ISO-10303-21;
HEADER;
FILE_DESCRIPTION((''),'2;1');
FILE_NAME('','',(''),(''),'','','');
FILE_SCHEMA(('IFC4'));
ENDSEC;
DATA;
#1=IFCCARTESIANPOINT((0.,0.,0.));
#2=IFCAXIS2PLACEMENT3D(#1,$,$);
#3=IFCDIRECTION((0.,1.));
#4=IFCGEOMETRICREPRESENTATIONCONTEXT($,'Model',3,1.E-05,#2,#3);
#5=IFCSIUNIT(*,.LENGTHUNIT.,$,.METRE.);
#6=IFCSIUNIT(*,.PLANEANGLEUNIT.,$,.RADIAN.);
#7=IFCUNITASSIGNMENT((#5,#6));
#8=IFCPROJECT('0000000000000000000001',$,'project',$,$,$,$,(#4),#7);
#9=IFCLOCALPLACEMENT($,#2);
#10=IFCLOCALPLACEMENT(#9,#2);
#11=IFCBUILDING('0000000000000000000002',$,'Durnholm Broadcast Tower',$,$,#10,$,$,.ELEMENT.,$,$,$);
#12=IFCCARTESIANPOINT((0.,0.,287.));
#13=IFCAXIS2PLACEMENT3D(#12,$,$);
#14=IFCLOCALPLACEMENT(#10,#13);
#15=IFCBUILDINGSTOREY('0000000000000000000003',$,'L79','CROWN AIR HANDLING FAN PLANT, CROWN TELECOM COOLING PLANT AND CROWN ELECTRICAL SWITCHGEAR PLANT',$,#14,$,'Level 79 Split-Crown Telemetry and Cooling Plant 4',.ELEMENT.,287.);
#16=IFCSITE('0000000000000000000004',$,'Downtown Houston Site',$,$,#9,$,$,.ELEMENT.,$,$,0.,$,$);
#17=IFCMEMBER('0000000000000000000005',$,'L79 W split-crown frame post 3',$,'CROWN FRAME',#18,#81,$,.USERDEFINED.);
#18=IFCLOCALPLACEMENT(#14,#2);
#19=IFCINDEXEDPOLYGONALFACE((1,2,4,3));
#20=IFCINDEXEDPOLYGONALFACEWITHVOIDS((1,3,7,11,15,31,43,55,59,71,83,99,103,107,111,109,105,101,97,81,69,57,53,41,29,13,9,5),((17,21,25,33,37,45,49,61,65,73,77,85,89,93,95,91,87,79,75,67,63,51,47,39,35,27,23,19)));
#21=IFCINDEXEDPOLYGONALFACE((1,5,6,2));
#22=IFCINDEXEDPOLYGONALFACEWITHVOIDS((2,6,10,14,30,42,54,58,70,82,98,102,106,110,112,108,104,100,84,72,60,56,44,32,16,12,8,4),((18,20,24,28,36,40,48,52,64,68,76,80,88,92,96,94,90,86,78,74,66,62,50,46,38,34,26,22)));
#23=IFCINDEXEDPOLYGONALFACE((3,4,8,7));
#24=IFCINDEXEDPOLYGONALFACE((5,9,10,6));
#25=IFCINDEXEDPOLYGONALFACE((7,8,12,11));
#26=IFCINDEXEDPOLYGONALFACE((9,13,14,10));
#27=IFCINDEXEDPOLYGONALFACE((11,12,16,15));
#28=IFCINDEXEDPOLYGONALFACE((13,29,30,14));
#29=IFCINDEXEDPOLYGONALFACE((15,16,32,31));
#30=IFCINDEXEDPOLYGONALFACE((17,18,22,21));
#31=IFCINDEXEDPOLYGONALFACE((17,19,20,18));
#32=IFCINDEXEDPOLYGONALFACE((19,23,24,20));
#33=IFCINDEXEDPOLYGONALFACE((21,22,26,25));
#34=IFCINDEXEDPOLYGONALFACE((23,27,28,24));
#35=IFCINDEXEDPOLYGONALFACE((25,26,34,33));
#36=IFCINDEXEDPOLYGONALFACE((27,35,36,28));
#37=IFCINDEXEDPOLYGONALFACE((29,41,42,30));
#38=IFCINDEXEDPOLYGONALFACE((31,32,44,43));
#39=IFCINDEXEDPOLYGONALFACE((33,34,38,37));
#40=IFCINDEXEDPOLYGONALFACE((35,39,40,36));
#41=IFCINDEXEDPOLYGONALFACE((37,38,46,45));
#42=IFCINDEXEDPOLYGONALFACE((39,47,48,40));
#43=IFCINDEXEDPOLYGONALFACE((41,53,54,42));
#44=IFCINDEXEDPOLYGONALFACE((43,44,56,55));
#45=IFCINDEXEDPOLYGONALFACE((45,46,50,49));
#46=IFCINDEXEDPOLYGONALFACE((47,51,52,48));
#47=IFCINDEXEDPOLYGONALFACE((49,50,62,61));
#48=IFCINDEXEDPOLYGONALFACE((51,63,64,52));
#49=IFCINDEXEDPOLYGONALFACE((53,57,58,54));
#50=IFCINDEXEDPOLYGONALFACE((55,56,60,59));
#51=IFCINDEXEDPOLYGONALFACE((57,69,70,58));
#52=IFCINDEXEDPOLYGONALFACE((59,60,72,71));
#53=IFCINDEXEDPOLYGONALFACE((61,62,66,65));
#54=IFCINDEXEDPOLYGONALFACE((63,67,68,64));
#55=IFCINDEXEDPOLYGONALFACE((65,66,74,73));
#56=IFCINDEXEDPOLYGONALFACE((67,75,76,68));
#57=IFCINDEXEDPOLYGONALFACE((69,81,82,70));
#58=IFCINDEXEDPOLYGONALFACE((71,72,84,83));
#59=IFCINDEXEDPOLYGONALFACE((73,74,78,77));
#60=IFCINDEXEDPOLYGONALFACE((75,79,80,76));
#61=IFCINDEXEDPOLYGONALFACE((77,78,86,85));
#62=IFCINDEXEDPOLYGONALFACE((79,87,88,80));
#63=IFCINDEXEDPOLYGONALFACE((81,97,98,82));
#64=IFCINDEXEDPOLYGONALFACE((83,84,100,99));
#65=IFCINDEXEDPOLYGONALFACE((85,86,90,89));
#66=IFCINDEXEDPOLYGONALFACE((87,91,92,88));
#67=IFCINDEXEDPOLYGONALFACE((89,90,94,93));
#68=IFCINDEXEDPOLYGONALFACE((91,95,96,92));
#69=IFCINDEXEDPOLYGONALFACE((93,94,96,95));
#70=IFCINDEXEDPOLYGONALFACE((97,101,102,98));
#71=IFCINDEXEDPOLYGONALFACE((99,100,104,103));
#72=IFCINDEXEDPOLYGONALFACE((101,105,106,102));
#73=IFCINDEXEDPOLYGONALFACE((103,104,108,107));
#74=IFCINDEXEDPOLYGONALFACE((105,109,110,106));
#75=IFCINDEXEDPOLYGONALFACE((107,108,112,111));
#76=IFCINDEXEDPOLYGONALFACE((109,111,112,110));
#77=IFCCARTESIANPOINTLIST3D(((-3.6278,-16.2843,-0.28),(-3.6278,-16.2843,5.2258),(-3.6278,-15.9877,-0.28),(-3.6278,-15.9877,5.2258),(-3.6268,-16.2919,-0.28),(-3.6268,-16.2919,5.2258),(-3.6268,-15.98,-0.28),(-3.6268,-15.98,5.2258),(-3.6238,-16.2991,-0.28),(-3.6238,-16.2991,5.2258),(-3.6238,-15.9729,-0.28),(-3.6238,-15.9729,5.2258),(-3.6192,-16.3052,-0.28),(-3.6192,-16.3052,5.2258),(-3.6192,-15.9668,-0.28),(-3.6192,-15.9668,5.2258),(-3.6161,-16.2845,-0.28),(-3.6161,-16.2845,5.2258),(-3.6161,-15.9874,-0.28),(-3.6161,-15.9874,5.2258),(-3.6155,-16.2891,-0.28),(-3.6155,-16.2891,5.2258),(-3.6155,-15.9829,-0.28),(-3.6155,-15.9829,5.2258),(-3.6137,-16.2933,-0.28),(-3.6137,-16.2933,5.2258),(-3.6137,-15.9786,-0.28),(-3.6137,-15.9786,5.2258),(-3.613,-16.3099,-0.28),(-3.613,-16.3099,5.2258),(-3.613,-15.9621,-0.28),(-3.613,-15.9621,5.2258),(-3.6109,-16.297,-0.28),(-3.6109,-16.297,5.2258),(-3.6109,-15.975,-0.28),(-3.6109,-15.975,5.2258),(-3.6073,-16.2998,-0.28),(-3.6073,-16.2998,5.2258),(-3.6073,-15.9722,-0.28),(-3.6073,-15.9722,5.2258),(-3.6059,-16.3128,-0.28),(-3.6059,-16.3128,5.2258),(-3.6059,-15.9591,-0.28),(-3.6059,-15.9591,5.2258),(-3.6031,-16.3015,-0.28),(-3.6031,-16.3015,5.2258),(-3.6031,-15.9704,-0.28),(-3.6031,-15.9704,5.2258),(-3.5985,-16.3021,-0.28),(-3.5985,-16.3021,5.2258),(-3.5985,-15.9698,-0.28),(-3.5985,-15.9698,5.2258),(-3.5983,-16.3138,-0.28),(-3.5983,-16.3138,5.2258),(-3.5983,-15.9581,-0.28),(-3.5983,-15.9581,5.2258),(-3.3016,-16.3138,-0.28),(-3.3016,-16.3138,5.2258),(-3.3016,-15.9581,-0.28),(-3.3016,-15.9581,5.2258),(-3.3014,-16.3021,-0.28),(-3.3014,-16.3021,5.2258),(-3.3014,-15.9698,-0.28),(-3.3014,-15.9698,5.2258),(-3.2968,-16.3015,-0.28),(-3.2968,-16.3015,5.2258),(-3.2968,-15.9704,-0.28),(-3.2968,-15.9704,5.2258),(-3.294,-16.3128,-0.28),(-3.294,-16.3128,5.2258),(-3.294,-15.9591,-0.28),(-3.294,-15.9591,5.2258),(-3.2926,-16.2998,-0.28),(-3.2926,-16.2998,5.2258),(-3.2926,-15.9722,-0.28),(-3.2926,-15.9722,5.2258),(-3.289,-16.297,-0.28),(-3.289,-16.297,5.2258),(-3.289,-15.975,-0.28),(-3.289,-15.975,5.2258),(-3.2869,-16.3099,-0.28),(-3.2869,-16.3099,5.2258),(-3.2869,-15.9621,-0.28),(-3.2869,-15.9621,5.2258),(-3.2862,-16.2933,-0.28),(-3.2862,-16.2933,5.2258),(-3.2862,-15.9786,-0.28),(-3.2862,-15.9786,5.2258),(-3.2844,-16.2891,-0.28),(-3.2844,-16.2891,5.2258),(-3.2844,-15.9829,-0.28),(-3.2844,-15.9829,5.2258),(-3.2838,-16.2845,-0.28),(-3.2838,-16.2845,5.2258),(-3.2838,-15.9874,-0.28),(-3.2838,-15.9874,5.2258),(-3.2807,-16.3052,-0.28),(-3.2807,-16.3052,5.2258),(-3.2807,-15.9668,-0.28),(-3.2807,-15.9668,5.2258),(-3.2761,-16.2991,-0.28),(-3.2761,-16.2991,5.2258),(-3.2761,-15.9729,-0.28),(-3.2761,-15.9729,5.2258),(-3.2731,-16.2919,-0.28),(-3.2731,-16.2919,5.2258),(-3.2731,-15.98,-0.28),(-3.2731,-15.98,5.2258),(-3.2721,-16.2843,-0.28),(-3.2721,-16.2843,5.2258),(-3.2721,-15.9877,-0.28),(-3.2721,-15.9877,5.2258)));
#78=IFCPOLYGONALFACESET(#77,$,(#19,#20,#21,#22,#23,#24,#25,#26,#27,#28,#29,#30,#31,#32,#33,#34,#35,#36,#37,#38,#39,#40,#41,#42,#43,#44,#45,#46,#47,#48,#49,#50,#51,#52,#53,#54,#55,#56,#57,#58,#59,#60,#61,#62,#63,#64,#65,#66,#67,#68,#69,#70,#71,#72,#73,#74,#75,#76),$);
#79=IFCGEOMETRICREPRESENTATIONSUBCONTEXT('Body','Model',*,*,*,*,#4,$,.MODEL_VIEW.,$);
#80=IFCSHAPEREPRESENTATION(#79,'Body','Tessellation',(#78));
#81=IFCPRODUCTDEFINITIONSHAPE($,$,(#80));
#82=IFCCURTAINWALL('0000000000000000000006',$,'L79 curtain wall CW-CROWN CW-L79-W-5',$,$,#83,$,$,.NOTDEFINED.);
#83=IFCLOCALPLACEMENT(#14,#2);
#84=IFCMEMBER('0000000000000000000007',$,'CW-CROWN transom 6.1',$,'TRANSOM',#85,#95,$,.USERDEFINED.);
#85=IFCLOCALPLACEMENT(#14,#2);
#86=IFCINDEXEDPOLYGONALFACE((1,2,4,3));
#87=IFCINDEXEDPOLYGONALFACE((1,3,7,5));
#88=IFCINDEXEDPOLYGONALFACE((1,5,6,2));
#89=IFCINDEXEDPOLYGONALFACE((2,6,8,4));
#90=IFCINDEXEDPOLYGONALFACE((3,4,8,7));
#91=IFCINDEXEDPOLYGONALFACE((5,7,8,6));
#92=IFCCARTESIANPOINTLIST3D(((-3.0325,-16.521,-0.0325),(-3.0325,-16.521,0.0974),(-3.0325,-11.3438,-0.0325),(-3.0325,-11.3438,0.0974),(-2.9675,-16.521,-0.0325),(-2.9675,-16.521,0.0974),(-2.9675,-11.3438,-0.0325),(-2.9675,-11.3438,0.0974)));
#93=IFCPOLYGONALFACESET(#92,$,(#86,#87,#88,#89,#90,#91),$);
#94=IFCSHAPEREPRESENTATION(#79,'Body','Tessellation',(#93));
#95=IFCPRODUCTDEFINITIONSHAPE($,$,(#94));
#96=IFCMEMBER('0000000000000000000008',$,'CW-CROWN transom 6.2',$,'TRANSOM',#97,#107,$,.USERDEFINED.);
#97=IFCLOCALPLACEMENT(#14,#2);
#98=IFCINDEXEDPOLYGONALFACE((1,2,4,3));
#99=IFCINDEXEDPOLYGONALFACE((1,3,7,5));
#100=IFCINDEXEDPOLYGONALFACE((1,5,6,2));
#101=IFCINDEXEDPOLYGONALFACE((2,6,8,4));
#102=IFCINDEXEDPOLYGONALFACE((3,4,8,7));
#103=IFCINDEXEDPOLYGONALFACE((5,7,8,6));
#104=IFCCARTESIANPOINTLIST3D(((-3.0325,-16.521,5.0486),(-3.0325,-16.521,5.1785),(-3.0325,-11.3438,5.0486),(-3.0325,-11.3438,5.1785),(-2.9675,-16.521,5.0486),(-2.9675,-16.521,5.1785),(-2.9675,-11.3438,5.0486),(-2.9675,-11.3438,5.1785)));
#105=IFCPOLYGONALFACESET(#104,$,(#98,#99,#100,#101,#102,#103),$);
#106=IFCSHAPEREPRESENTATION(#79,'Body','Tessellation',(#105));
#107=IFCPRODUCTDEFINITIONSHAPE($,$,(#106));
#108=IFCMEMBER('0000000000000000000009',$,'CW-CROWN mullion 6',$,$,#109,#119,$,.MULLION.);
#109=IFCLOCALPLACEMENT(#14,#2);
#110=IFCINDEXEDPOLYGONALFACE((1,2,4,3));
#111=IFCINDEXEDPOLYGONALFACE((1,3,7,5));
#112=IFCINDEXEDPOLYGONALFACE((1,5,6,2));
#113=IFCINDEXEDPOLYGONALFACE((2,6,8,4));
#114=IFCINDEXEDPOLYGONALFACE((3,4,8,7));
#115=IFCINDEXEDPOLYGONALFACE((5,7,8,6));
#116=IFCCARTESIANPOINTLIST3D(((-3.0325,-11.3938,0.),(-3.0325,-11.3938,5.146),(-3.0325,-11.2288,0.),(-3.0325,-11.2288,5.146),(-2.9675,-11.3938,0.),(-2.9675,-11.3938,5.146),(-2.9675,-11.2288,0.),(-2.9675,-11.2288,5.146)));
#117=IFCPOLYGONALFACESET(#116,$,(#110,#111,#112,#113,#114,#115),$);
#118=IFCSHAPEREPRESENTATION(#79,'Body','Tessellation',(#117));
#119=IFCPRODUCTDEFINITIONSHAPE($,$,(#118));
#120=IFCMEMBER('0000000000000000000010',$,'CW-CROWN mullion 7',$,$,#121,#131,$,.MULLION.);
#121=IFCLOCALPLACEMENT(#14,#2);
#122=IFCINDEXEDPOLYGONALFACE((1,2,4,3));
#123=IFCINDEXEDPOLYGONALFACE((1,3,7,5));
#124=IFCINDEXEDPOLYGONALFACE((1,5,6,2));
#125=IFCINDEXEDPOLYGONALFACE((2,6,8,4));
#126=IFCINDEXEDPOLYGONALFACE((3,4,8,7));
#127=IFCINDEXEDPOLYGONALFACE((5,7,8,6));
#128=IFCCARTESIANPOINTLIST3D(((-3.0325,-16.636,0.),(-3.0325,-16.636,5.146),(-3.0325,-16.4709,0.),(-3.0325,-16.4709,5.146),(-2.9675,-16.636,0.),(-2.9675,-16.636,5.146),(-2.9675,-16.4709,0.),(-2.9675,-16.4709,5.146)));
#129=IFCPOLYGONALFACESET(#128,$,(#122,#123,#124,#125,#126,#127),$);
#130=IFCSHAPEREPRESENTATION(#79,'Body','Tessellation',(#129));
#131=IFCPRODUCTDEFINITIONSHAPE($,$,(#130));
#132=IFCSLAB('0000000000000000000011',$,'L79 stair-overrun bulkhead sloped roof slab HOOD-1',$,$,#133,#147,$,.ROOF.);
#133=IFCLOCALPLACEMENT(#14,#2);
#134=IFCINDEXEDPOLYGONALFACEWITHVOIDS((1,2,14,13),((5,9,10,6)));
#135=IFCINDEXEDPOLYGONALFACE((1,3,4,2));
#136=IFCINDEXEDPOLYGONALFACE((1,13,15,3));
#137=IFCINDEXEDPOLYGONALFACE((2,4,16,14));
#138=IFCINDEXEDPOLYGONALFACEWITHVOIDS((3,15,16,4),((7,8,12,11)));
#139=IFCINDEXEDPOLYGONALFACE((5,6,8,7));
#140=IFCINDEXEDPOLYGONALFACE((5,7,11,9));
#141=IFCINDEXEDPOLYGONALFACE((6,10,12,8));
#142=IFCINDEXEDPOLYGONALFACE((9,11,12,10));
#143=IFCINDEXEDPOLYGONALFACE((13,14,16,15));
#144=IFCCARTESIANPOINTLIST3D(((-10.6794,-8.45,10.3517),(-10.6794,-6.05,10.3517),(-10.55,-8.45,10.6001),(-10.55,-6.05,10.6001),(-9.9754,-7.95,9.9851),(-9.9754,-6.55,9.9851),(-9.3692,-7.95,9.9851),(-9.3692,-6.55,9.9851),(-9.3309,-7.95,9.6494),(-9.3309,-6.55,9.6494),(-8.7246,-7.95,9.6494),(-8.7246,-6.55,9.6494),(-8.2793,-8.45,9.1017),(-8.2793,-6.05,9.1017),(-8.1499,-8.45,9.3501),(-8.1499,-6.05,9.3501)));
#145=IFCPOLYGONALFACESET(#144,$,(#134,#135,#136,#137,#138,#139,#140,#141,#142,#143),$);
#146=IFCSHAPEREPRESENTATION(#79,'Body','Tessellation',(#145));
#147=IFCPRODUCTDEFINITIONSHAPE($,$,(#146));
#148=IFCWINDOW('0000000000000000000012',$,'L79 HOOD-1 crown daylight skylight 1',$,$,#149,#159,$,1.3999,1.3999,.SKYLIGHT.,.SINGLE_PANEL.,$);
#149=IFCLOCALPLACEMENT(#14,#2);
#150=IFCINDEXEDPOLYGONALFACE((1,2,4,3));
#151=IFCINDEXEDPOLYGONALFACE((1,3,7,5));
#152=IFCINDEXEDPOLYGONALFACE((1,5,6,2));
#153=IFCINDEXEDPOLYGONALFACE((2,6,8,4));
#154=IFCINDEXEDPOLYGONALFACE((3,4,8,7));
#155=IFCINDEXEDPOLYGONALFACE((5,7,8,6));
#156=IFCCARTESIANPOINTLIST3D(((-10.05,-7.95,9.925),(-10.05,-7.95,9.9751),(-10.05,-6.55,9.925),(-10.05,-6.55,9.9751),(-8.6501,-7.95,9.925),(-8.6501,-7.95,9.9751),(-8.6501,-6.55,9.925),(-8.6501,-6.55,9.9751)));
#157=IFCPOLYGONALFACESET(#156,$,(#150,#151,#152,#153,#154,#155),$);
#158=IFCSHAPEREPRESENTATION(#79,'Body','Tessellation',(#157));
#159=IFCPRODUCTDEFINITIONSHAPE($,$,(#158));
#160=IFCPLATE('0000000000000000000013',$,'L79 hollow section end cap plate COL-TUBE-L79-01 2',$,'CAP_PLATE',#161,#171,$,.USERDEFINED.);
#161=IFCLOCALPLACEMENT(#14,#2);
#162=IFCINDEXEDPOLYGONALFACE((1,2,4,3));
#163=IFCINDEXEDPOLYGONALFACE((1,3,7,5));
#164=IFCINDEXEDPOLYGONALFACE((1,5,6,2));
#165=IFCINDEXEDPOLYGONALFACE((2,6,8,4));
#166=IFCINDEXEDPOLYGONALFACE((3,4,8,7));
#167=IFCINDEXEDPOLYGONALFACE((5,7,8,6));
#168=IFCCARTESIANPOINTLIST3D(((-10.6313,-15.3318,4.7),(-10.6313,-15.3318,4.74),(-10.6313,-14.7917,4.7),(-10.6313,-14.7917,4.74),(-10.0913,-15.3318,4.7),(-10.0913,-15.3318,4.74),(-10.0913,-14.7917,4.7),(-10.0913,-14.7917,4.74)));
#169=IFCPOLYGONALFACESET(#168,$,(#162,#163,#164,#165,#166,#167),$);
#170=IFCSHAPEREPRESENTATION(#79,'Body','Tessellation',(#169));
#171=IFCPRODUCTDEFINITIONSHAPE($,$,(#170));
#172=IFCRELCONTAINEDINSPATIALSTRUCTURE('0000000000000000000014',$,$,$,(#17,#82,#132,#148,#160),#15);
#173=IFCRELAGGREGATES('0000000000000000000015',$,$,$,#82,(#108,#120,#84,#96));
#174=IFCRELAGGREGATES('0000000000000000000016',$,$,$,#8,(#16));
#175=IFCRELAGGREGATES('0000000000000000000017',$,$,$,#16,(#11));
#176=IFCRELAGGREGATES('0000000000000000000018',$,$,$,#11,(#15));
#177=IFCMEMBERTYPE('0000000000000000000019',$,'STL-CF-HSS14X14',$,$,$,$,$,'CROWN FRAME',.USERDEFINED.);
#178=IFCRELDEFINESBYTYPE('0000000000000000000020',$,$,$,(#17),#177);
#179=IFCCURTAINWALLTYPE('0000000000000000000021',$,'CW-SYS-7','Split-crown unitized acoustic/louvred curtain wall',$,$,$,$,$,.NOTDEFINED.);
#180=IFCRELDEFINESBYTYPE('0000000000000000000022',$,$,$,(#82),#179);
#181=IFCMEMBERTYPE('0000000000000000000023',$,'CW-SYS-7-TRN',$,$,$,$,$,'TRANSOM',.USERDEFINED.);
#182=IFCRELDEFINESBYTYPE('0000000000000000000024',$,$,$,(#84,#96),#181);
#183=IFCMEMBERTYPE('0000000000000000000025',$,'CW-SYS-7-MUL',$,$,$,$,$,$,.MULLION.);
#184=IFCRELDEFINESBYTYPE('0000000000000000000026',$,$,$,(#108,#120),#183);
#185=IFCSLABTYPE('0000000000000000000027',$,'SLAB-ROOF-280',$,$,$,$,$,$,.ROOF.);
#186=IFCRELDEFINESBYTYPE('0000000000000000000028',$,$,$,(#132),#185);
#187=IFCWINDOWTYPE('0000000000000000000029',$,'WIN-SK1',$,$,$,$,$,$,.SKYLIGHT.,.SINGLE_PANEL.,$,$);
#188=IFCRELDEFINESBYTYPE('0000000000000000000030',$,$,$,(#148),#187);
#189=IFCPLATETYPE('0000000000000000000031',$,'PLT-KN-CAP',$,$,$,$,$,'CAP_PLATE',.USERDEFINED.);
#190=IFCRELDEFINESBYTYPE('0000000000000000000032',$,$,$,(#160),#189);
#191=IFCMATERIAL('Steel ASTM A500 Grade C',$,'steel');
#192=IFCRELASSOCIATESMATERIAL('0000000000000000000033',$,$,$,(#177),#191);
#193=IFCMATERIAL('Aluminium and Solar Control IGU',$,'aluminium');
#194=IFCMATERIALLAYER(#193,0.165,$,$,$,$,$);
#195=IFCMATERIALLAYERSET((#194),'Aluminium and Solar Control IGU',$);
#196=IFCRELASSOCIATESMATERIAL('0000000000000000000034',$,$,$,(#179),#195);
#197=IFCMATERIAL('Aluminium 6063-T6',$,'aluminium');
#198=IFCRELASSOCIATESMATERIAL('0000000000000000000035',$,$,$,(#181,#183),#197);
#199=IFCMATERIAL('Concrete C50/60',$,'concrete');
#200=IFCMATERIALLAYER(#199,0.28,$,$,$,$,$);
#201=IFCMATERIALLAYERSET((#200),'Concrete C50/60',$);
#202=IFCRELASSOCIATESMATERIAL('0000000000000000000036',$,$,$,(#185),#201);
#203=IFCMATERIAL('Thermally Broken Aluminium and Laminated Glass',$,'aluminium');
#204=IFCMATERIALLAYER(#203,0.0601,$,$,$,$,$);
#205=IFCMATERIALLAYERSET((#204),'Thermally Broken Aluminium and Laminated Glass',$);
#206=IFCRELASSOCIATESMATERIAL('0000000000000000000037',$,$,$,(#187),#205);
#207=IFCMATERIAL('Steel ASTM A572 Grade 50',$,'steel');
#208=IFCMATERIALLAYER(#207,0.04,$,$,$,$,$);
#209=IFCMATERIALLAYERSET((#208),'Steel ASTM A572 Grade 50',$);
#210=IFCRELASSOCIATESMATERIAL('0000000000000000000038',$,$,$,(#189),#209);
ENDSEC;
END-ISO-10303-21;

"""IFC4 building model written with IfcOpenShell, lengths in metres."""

from ifc_helpers import new_model, si_unit, direction, frame, origin, origin_2d, place, context, subcontext, project, spatial, polyline, rectangle, hollow_rectangle, outline, extrude, source, transform, mapped, material, layer, layer_set, material_profile, profile_set, type_object, type_shapes, element, fill, aggregate, save


model = new_model("IFC4")

# Units and contexts
model_context = context("Model", 3, precision=1e-05, world=origin(), true_north=direction((0.0, 1.0)))
body_context = subcontext(model_context, "Body", "Model", "MODEL_VIEW")
ifc_project = project(units=[si_unit("LENGTHUNIT", "METRE"), si_unit("PLANEANGLEUNIT", "RADIAN")], contexts=[model_context])

# Site, building, storey
site_placement = place(None, origin())
site = spatial("IfcSite", under=ifc_project, at=site_placement, Name="Downtown Houston Site", CompositionType="ELEMENT", RefElevation=0.0)
building_placement = place(site_placement, origin())
building = spatial("IfcBuilding", under=site, at=building_placement, Name="Durnholm Broadcast Tower", CompositionType="ELEMENT")
storey_placement = place(building_placement, frame((0.0, 0.0, 287.0)))
storey = spatial("IfcBuildingStorey", under=building, at=storey_placement, Name="L79", Description="CROWN AIR HANDLING FAN PLANT, CROWN TELECOM COOLING PLANT AND CROWN ELECTRICAL SWITCHGEAR PLANT", LongName="Level 79 Split-Crown Telemetry and Cooling Plant 4", CompositionType="ELEMENT", Elevation=287.0)

# Shared definitions
ifc_material_1 = material(Name="Steel ASTM A500 Grade C", Category="steel")

# Member
ifc_material_profile_1 = material_profile(ifc_material_1, hollow_rectangle(XDim=0.3557, YDim=0.3557, WallThickness=0.0117, InnerFilletRadius=0.0176, OuterFilletRadius=0.0295, at=origin_2d()), Name="HSS14X14X1/2")
ifc_profile_set_1 = profile_set([ifc_material_profile_1], Name="Steel ASTM A500 Grade C")
member_type_1 = type_object("IfcMemberType", Name="STL-CF-HSS14X14", ElementType="CROWN FRAME", PredefinedType="USERDEFINED", material=ifc_profile_set_1)
shared_shape_1 = source(origin(), body_context, "Body", "SweptSolid", [
    extrude(hollow_rectangle(XDim=0.3557, YDim=0.3557, WallThickness=0.0117, InnerFilletRadius=0.0176, OuterFilletRadius=0.0295, at=origin_2d()), origin(), (0.0, 0.0, 1.0), 5.5059),
])
member_1_placement = place(storey_placement, frame((-3.45, -16.136, -0.28), z_axis=(0.0, 0.0, 1.0), x_axis=(1.0, 0.0, 0.0)))
element("IfcMember", 1, at=member_1_placement, inside=storey, type_object=member_type_1, Name="L79 W split-crown frame post 3", ObjectType="CROWN FRAME", PredefinedType="USERDEFINED", context=body_context, shape_type="MappedRepresentation", body=[
    mapped(shared_shape_1, transform((0.0, 0.0, 0.0), x_axis=(1.0, 0.0, 0.0), y_axis=(0.0, 1.0, 0.0), z_axis=(0.0, 0.0, 1.0), scale=1.0)),
])

# Curtain wall, members
ifc_material_2 = material(Name="Aluminium and Solar Control IGU", Category="aluminium")
ifc_layer_1 = layer(ifc_material_2, 0.165)
ifc_layer_set_1 = layer_set([ifc_layer_1], Name="Aluminium and Solar Control IGU")
curtain_wall_type = type_object("IfcCurtainWallType", Name="CW-SYS-7", Description="Split-crown unitized acoustic/louvred curtain wall", PredefinedType="NOTDEFINED", material=ifc_layer_set_1)
curtain_wall_placement = place(storey_placement, origin())
curtain_wall = element("IfcCurtainWall", 2, at=curtain_wall_placement, inside=storey, type_object=curtain_wall_type, Name="L79 curtain wall CW-CROWN CW-L79-W-5", PredefinedType="NOTDEFINED")
ifc_material_3 = material(Name="Aluminium 6063-T6", Category="aluminium")
ifc_material_profile_2 = material_profile(ifc_material_3, rectangle(XDim=0.0649, YDim=0.1299, at=origin_2d()), Name="CWT65X130")
ifc_profile_set_2 = profile_set([ifc_material_profile_2], Name="Aluminium 6063-T6")
member_type_2 = type_object("IfcMemberType", Name="CW-SYS-7-TRN", ElementType="TRANSOM", PredefinedType="USERDEFINED", material=ifc_profile_set_2)
shared_shape_2 = source(origin(), body_context, "Body", "SweptSolid", [
    extrude(rectangle(XDim=0.0649, YDim=0.1299, at=origin_2d()), origin(), (0.0, 0.0, 1.0), 5.1772),
])
type_shapes(member_type_2, [shared_shape_2])
member_2_placement = place(storey_placement, frame((-3.0, -11.3438, 0.0325), z_axis=(0.0, -1.0, 0.0), x_axis=(1.0, 0.0, 0.0)))
member_2 = element("IfcMember", 3, at=member_2_placement, type_object=member_type_2, Name="CW-CROWN transom 6.1", ObjectType="TRANSOM", PredefinedType="USERDEFINED", context=body_context, shape_type="MappedRepresentation", body=[
    mapped(shared_shape_2, transform((0.0, 0.0, 0.0), x_axis=(1.0, 0.0, 0.0), y_axis=(0.0, 1.0, 0.0), z_axis=(0.0, 0.0, 1.0), scale=1.0)),
])
member_3_placement = place(storey_placement, frame((-3.0, -11.3438, 5.1135), z_axis=(0.0, -1.0, 0.0), x_axis=(1.0, 0.0, 0.0)))
member_3 = element("IfcMember", 4, at=member_3_placement, type_object=member_type_2, Name="CW-CROWN transom 6.2", ObjectType="TRANSOM", PredefinedType="USERDEFINED", context=body_context, shape_type="MappedRepresentation", body=[
    mapped(shared_shape_2, transform((0.0, 0.0, 0.0), x_axis=(1.0, 0.0, 0.0), y_axis=(0.0, 1.0, 0.0), z_axis=(0.0, 0.0, 1.0), scale=1.0)),
])
ifc_material_profile_3 = material_profile(ifc_material_3, rectangle(XDim=0.0649, YDim=0.165, at=origin_2d()), Name="CWM65X165")
ifc_profile_set_3 = profile_set([ifc_material_profile_3], Name="Aluminium 6063-T6")
member_type_3 = type_object("IfcMemberType", Name="CW-SYS-7-MUL", PredefinedType="MULLION", material=ifc_profile_set_3)
shared_shape_3 = source(origin(), body_context, "Body", "SweptSolid", [
    extrude(rectangle(XDim=0.0649, YDim=0.165, at=origin_2d()), origin(), (0.0, 0.0, 1.0), 5.146),
])
type_shapes(member_type_3, [shared_shape_3])
member_4_placement = place(storey_placement, frame((-3.0, -11.3113, 0.0), z_axis=(0.0, 0.0, 1.0), x_axis=(1.0, 0.0, 0.0)))
member_4 = element("IfcMember", 5, at=member_4_placement, type_object=member_type_3, Name="CW-CROWN mullion 6", PredefinedType="MULLION", context=body_context, shape_type="MappedRepresentation", body=[
    mapped(shared_shape_3, transform((0.0, 0.0, 0.0), x_axis=(1.0, 0.0, 0.0), y_axis=(0.0, 1.0, 0.0), z_axis=(0.0, 0.0, 1.0), scale=1.0)),
])
member_5_placement = place(storey_placement, frame((-3.0, -16.5535, 0.0), z_axis=(0.0, 0.0, 1.0), x_axis=(1.0, 0.0, 0.0)))
member_5 = element("IfcMember", 6, at=member_5_placement, type_object=member_type_3, Name="CW-CROWN mullion 7", PredefinedType="MULLION", context=body_context, shape_type="MappedRepresentation", body=[
    mapped(shared_shape_3, transform((0.0, 0.0, 0.0), x_axis=(1.0, 0.0, 0.0), y_axis=(0.0, 1.0, 0.0), z_axis=(0.0, 0.0, 1.0), scale=1.0)),
])

# Slab, opening, window
ifc_material_4 = material(Name="Concrete C50/60", Category="concrete")
ifc_layer_2 = layer(ifc_material_4, 0.28)
ifc_layer_set_2 = layer_set([ifc_layer_2], Name="Concrete C50/60")
slab_type = type_object("IfcSlabType", Name="SLAB-ROOF-280", PredefinedType="ROOF", material=ifc_layer_set_2)
slab_placement = place(storey_placement, frame((-10.55, -8.45, 10.6001), z_axis=(0.461912, 0.0, 0.886926), x_axis=(0.886926, 0.0, -0.461912)))
slab = element("IfcSlab", 7, at=slab_placement, inside=storey, type_object=slab_type, Name="L79 stair-overrun bulkhead sloped roof slab HOOD-1", PredefinedType="ROOF", context=body_context, shape_type="SweptSolid", body=[
    extrude(outline(polyline([(0.0, 0.0), (2.7061, 0.0), (2.7061, 2.3999), (0.0, 2.3999), (0.0, 0.0)])), origin(), (0.0, 0.0, -1.0), 0.28),
])
opening_placement = place(storey_placement, frame((-9.3501, -7.25, 9.6494)))
opening = element("IfcOpeningElement", 8, at=opening_placement, cuts=slab, PredefinedType="OPENING", context=body_context, shape_type="SweptSolid", body=[
    extrude(rectangle(XDim=1.3999, YDim=1.3999, at=origin_2d()), origin(), (0.0, 0.0, 1.0), 0.3357),
])
ifc_material_5 = material(Name="Thermally Broken Aluminium and Laminated Glass", Category="aluminium")
ifc_layer_3 = layer(ifc_material_5, 0.0601)
ifc_layer_set_3 = layer_set([ifc_layer_3], Name="Thermally Broken Aluminium and Laminated Glass")
window_type = type_object("IfcWindowType", Name="WIN-SK1", PartitioningType="SINGLE_PANEL", PredefinedType="SKYLIGHT", material=ifc_layer_set_3)
window_placement = place(opening_placement, frame((0.0, 0.0, 0.2756)))
window = element("IfcWindow", 9, at=window_placement, inside=storey, type_object=window_type, Name="L79 HOOD-1 crown daylight skylight 1", OverallHeight=1.3999, OverallWidth=1.3999, PartitioningType="SINGLE_PANEL", PredefinedType="SKYLIGHT", context=body_context, shape_type="SweptSolid", body=[
    extrude(rectangle(XDim=1.3999, YDim=1.3999, at=origin_2d()), origin(), (0.0, 0.0, 1.0), 0.05),
])
fill(opening, window)

# Plate
ifc_material_6 = material(Name="Steel ASTM A572 Grade 50", Category="steel")
ifc_layer_4 = layer(ifc_material_6, 0.04)
ifc_layer_set_4 = layer_set([ifc_layer_4], Name="Steel ASTM A572 Grade 50")
plate_type_1 = type_object("IfcPlateType", Name="PLT-KN-CAP", ElementType="CAP_PLATE", PredefinedType="USERDEFINED", material=ifc_layer_set_4)
shared_shape_4 = source(origin(), body_context, "Body", "SweptSolid", [
    extrude(rectangle(XDim=0.54, YDim=0.54, at=origin_2d()), origin(), (0.0, 0.0, 1.0), 0.04),
])
for number, where, z_axis, x_axis, name in (
    (10, (-10.3613, -15.0618, 4.7), (0.0, 0.0, 1.0), (1.0, 0.0, 0.0), "L79 hollow section end cap plate COL-TUBE-L79-01 2"),
):
    element("IfcPlate", number, at=place(storey_placement, frame(where, z_axis=z_axis, x_axis=x_axis)), inside=storey, type_object=plate_type_1, Name=name, ObjectType="CAP_PLATE", PredefinedType="USERDEFINED", context=body_context, shape_type="MappedRepresentation", body=[
        mapped(shared_shape_4, transform((0.0, 0.0, 0.0), x_axis=(1.0, 0.0, 0.0), y_axis=(0.0, 1.0, 0.0), z_axis=(0.0, 0.0, 1.0), scale=1.0)),
    ])

aggregate(curtain_wall, [member_4, member_5, member_2, member_3])

save(model, "model.ifc")
